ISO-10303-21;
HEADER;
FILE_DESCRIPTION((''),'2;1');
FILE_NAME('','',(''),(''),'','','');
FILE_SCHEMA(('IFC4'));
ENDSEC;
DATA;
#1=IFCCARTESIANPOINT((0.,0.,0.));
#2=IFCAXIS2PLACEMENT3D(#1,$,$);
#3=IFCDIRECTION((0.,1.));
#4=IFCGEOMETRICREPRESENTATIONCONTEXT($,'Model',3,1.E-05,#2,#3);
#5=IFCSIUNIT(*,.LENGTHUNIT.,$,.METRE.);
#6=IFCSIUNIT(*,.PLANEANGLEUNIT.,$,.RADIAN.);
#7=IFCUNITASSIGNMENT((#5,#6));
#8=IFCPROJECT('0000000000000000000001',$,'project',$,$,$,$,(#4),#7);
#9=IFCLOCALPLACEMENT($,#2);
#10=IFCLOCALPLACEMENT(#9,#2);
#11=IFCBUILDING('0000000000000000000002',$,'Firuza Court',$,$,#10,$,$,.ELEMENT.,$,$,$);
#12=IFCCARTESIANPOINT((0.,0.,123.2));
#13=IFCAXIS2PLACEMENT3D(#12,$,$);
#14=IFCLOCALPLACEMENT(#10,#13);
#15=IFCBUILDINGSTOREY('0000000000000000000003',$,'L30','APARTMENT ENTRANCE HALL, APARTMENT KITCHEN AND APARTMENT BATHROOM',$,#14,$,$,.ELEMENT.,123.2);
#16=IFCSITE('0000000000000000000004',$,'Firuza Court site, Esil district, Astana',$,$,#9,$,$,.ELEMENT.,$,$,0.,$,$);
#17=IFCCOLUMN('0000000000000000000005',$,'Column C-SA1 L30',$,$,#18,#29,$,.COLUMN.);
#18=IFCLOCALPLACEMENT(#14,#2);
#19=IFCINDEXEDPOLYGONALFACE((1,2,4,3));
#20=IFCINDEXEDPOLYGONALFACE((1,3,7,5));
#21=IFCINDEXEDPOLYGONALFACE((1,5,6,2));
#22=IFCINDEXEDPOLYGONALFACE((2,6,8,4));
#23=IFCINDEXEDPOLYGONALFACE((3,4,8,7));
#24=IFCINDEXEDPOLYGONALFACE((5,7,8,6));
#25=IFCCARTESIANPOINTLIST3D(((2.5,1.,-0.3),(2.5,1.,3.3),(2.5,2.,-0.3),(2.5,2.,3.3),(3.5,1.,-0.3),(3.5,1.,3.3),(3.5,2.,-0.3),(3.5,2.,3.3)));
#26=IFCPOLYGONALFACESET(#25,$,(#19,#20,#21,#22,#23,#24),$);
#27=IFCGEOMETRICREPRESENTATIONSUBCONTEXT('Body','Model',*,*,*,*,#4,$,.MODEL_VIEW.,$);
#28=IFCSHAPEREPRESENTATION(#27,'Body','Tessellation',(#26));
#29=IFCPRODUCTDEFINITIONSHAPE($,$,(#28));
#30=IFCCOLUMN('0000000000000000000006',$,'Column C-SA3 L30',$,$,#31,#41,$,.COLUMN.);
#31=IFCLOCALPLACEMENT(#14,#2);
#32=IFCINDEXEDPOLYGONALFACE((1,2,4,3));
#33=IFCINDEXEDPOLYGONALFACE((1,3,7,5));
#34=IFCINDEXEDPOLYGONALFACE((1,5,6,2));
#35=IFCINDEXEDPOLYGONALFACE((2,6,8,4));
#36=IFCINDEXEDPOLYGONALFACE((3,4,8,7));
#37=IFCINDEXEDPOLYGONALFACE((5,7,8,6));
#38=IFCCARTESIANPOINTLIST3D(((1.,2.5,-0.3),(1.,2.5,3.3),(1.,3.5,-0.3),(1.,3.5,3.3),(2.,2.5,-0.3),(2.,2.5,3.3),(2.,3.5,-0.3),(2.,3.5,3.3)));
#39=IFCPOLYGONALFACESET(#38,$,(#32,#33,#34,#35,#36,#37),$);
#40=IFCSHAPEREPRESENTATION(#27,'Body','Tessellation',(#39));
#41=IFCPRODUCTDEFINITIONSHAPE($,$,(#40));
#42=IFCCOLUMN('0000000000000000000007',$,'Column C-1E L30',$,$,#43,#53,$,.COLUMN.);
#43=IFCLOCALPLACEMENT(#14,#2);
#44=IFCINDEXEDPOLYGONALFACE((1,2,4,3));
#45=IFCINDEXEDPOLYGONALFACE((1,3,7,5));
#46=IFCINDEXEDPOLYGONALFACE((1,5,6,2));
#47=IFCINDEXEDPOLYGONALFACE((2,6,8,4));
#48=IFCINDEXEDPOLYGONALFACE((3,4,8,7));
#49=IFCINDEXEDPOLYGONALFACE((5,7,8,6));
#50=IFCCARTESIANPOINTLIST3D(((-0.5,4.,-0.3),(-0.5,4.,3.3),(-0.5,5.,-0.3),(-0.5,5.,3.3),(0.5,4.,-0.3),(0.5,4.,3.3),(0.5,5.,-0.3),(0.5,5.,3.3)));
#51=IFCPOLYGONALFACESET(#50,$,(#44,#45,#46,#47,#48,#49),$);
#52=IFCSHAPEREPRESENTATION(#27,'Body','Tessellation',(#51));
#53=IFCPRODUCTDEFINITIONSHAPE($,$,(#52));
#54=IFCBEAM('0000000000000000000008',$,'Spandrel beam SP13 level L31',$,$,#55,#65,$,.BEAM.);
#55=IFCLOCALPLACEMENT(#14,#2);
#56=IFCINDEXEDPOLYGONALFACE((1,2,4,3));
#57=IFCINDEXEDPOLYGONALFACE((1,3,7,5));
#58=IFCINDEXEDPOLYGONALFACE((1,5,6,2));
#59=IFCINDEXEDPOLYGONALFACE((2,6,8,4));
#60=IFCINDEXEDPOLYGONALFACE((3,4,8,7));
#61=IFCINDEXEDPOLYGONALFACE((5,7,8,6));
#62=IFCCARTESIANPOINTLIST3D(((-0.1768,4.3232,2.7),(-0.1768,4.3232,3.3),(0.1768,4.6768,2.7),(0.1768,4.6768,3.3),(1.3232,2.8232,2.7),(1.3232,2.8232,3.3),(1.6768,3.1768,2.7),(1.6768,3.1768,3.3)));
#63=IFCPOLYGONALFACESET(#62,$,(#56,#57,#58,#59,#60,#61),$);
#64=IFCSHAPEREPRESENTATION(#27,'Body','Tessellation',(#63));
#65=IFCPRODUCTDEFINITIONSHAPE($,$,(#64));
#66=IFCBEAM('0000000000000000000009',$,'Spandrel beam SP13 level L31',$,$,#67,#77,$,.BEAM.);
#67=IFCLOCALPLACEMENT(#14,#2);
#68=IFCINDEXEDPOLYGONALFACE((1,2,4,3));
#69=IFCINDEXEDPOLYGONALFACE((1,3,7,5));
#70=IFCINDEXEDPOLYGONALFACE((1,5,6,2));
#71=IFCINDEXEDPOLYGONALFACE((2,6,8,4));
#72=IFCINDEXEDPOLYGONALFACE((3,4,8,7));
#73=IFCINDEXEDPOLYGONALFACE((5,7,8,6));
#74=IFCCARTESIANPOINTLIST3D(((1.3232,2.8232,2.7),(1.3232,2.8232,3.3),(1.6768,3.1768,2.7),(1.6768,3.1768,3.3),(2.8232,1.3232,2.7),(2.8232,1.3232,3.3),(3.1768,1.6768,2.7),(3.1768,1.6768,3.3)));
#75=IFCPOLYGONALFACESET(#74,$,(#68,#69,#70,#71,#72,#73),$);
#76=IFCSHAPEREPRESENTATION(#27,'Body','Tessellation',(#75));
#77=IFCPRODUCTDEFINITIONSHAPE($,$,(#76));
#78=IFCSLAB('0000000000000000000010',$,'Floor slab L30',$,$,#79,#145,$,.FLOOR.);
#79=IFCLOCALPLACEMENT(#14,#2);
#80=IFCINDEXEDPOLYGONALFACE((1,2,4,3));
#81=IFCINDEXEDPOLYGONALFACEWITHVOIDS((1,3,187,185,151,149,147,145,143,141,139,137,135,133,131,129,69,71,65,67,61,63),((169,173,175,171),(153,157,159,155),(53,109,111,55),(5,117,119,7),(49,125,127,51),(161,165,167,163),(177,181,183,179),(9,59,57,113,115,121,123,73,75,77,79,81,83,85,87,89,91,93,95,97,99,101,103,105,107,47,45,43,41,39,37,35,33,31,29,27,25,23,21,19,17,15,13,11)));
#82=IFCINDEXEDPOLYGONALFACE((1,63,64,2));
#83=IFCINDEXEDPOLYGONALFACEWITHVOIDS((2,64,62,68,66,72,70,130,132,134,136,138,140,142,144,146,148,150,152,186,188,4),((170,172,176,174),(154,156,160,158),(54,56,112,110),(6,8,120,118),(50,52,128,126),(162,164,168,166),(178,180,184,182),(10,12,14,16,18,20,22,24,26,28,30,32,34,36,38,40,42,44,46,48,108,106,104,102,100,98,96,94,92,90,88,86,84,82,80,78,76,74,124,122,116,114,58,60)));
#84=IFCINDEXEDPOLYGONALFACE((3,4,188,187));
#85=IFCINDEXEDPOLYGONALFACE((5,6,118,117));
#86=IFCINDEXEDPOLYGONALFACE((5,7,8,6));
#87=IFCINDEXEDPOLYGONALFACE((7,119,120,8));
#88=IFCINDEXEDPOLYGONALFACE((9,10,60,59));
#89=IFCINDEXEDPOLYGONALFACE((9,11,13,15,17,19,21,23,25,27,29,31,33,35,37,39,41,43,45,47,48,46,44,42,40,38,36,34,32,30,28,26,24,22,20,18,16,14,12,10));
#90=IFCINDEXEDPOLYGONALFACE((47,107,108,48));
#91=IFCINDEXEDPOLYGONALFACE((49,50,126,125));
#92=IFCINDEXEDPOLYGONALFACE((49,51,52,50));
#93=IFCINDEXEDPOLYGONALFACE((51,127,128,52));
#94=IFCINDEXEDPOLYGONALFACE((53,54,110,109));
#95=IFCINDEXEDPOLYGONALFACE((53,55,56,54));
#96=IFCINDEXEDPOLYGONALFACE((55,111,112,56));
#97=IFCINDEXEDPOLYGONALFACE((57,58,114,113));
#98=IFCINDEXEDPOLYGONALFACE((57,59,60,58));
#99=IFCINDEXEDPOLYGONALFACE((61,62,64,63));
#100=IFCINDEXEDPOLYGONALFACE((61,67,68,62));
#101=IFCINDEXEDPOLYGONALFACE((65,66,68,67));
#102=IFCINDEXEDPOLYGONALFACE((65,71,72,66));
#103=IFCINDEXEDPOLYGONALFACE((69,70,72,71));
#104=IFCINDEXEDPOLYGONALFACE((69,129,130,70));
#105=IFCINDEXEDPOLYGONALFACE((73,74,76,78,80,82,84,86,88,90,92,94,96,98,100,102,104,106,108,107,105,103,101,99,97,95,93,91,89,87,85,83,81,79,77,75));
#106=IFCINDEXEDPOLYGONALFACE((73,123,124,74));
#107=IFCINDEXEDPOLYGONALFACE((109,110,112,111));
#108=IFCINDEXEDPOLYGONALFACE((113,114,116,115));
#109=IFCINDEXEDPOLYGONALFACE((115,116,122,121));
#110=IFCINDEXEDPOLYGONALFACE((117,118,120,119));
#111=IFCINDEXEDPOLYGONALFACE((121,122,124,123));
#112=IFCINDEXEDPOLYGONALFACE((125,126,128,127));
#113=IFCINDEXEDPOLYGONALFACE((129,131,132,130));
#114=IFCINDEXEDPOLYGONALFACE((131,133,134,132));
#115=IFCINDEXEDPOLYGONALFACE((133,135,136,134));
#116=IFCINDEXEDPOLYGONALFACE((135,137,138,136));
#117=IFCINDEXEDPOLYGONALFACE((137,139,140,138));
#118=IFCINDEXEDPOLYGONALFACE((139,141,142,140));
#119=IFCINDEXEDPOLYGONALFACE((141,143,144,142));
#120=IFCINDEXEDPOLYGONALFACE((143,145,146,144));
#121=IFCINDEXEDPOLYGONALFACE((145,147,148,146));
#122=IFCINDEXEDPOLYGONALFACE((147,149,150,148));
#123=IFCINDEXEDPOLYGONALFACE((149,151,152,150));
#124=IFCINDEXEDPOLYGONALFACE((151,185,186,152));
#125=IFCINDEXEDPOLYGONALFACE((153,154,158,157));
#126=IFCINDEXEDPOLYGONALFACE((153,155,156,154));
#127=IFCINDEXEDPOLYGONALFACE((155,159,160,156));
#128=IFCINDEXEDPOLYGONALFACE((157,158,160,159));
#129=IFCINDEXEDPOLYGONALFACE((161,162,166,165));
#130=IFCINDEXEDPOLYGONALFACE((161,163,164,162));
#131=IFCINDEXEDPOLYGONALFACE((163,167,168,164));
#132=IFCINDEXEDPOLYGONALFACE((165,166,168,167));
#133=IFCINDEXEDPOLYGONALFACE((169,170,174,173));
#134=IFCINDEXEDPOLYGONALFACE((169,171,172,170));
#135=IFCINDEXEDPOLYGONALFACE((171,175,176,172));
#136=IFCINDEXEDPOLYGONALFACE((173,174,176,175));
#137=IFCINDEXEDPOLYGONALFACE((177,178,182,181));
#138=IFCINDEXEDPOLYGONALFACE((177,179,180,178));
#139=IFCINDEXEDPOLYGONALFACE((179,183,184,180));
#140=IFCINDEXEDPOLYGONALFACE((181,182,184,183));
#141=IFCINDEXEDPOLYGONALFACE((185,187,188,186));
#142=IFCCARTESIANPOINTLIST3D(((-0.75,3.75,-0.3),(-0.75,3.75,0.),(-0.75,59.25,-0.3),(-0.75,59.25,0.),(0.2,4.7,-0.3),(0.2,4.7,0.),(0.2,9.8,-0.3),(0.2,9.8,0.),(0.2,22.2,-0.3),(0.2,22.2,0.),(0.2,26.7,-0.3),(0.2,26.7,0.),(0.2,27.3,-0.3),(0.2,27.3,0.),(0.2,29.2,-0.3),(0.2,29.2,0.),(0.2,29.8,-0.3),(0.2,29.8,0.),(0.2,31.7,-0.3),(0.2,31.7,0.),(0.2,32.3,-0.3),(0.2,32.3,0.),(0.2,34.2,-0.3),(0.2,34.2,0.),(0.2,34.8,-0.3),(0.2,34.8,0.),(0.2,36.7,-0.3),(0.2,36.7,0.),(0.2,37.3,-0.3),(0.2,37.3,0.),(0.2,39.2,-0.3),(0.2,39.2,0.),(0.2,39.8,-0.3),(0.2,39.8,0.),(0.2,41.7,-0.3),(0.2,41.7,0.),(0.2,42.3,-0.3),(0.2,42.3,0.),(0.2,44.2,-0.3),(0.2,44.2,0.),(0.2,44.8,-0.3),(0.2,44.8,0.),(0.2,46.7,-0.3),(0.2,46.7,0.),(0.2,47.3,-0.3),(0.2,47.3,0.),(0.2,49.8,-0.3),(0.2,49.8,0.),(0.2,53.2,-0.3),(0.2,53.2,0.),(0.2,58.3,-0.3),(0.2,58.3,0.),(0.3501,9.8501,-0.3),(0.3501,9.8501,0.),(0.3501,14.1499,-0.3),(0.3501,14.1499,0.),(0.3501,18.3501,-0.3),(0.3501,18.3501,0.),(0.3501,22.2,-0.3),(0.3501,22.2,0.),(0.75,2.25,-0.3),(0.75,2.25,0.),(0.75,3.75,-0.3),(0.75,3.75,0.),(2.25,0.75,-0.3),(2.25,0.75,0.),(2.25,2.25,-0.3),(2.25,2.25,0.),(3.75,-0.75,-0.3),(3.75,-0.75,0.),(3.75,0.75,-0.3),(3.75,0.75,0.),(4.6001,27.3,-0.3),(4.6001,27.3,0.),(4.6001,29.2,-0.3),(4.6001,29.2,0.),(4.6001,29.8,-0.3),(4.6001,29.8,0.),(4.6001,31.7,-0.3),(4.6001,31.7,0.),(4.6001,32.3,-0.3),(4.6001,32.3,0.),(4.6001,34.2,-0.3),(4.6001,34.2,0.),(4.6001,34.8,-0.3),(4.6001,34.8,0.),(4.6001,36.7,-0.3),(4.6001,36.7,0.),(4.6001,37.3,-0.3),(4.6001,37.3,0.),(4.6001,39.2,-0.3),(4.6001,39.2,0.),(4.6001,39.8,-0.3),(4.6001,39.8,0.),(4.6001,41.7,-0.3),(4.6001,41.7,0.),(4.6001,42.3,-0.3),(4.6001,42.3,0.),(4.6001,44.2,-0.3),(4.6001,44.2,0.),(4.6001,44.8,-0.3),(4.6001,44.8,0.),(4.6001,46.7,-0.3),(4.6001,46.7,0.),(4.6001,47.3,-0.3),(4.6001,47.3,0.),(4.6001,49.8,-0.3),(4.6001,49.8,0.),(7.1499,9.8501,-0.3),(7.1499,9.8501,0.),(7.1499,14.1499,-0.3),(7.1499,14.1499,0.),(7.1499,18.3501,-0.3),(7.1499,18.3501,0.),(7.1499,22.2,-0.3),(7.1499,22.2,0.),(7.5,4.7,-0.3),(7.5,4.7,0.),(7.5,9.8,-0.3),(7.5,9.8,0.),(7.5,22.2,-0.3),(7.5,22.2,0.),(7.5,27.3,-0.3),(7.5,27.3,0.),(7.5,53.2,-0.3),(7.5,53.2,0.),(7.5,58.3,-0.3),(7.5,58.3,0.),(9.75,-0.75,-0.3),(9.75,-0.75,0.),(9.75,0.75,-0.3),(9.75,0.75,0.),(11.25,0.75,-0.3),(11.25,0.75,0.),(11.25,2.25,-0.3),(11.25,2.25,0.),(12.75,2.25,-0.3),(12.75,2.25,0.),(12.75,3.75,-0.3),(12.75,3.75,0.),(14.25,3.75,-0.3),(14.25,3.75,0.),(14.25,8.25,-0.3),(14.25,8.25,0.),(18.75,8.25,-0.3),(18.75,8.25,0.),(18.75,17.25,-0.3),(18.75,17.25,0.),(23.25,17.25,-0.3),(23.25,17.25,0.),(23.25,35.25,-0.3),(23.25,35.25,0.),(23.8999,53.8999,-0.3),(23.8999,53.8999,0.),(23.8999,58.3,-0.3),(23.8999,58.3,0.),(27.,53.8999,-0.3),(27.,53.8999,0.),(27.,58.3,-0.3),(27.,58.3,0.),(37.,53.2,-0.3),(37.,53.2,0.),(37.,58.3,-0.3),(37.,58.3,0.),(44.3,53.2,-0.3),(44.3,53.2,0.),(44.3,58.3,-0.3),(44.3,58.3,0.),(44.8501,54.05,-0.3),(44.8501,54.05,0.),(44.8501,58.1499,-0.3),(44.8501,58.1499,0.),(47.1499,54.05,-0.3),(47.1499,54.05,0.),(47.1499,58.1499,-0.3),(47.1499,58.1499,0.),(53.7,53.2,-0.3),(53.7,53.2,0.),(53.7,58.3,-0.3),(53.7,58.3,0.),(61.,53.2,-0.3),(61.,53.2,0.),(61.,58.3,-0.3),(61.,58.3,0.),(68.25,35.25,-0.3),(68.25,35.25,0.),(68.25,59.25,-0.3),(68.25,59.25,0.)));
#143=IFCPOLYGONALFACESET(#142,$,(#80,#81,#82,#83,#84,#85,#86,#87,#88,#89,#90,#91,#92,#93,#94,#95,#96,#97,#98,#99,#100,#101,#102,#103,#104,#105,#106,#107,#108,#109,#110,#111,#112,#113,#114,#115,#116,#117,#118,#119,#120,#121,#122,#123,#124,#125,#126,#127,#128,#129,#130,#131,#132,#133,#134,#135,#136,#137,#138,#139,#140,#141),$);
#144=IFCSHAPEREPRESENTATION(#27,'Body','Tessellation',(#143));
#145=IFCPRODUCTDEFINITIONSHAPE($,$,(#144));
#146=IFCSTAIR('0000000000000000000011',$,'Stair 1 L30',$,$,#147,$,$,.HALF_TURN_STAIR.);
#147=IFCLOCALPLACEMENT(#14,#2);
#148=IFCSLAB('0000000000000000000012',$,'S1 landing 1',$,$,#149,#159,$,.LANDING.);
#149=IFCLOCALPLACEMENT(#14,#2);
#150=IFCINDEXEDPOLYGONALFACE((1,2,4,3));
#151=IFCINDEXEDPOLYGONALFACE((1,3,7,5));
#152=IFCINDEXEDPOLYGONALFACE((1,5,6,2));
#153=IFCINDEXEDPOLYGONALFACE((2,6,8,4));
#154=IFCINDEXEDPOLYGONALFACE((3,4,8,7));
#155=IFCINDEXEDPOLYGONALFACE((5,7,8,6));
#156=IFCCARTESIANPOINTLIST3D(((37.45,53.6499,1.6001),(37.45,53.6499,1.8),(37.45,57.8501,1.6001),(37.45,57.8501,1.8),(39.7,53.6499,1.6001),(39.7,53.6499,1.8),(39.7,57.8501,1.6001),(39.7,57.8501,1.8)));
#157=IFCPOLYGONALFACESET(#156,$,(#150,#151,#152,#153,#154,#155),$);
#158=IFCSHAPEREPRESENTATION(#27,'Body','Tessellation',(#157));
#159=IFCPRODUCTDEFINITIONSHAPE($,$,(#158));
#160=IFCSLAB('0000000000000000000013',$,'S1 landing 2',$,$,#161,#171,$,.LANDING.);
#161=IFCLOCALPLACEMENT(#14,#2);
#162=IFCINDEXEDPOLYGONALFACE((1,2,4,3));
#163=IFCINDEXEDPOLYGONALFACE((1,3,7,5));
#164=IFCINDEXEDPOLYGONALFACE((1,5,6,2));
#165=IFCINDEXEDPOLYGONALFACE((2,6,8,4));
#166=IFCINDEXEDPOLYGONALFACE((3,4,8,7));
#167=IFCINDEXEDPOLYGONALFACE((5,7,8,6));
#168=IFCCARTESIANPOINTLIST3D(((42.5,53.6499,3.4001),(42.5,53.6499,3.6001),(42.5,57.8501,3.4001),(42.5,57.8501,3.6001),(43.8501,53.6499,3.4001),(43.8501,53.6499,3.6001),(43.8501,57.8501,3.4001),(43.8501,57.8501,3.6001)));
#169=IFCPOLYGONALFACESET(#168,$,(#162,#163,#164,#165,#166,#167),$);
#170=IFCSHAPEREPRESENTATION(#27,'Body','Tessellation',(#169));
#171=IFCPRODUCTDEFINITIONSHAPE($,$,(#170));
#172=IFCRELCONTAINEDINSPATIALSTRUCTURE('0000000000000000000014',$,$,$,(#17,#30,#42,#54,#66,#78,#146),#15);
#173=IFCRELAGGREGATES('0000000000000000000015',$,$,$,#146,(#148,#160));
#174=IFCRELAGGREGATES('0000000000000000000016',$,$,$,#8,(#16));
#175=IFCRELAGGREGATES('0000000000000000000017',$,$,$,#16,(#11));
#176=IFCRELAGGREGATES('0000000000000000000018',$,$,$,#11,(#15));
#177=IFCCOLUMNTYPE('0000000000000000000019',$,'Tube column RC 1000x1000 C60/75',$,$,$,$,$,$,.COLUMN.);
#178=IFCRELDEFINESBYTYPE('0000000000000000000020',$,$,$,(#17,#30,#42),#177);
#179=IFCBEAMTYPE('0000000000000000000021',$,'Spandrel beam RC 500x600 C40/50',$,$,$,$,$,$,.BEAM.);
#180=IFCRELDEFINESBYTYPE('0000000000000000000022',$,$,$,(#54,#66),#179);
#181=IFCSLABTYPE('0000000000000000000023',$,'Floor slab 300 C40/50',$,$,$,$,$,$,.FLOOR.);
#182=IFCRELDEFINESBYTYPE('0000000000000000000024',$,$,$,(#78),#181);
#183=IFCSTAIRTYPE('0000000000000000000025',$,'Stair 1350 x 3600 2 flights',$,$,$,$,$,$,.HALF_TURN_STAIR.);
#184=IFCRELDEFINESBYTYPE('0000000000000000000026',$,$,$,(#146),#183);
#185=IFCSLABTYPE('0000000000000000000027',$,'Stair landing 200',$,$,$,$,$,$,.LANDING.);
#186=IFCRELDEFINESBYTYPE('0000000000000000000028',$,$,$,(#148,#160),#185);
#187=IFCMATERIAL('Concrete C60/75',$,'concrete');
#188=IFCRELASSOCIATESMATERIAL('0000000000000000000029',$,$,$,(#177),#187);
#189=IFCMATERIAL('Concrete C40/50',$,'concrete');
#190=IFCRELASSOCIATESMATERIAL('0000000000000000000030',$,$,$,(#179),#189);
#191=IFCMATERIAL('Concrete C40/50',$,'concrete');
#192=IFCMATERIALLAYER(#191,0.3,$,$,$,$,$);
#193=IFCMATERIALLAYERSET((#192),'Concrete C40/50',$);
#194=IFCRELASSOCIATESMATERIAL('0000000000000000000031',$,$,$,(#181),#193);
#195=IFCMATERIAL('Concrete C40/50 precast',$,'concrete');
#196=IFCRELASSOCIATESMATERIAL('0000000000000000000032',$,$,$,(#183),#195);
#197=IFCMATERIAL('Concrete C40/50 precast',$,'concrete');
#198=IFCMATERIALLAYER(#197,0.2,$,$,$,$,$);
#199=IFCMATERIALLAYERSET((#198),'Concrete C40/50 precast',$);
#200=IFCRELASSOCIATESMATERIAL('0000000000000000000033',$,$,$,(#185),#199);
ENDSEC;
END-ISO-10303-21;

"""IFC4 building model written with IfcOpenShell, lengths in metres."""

from ifc_helpers import new_model, si_unit, direction, frame, origin, origin_2d, place, context, subcontext, project, spatial, polyline, rectangle, outline, extrude, material, layer, layer_set, material_profile, profile_set, type_object, element, aggregate, save


model = new_model("IFC4")

# Units and contexts
model_context = context("Model", 3, precision=1e-05, world=origin(), true_north=direction((0.0, 1.0)))
body_context = subcontext(model_context, "Body", "Model", "MODEL_VIEW")
ifc_project = project(units=[si_unit("LENGTHUNIT", "METRE"), si_unit("PLANEANGLEUNIT", "RADIAN")], contexts=[model_context])

# Site, building, storey
site_placement = place(None, origin())
site = spatial("IfcSite", under=ifc_project, at=site_placement, Name="Firuza Court site, Esil district, Astana", CompositionType="ELEMENT", RefElevation=0.0)
building_placement = place(site_placement, origin())
building = spatial("IfcBuilding", under=site, at=building_placement, Name="Firuza Court", CompositionType="ELEMENT")
storey_placement = place(building_placement, frame((0.0, 0.0, 123.2)))
storey = spatial("IfcBuildingStorey", under=building, at=storey_placement, Name="L30", Description="APARTMENT ENTRANCE HALL, APARTMENT KITCHEN AND APARTMENT BATHROOM", CompositionType="ELEMENT", Elevation=123.2)

# Columns
ifc_material_1 = material(Name="Concrete C60/75", Category="concrete")
ifc_material_profile_1 = material_profile(ifc_material_1, rectangle(XDim=1.0, YDim=1.0, at=origin_2d()), Name="RC 1000x1000")
ifc_profile_set_1 = profile_set([ifc_material_profile_1], Name="Concrete C60/75")
column_type = type_object("IfcColumnType", Name="Tube column RC 1000x1000 C60/75", PredefinedType="COLUMN", material=ifc_profile_set_1)
for number, where, z_axis, x_axis, name in (
    (1, (3.0, 1.5, -0.3), (0.0, 0.0, 1.0), (1.0, 0.0, 0.0), "Column C-SA1 L30"),
    (2, (1.5, 3.0, -0.3), (0.0, 0.0, 1.0), (1.0, 0.0, 0.0), "Column C-SA3 L30"),
    (3, (0.0, 4.5, -0.3), (0.0, 0.0, 1.0), (1.0, 0.0, 0.0), "Column C-1E L30"),
):
    element("IfcColumn", number, at=place(storey_placement, frame(where, z_axis=z_axis, x_axis=x_axis)), inside=storey, type_object=column_type, Name=name, PredefinedType="COLUMN", context=body_context, shape_type="SweptSolid", body=[
        extrude(rectangle(XDim=1.0, YDim=1.0, at=origin_2d()), origin(), (0.0, 0.0, 1.0), 3.6001),
    ])

# Beams
ifc_material_2 = material(Name="Concrete C40/50", Category="concrete")
ifc_material_profile_2 = material_profile(ifc_material_2, rectangle(XDim=0.5, YDim=0.6001, at=origin_2d()), Name="RC 500x600")
ifc_profile_set_2 = profile_set([ifc_material_profile_2], Name="Concrete C40/50")
beam_type = type_object("IfcBeamType", Name="Spandrel beam RC 500x600 C40/50", PredefinedType="BEAM", material=ifc_profile_set_2)
for number, where, z_axis, x_axis, name in (
    (4, (0.0, 4.5, 3.0), (0.707107, -0.707107, 0.0), (0.707107, 0.707107, 0.0), "Spandrel beam SP13 level L31"),
    (5, (1.5, 3.0, 3.0), (0.707107, -0.707107, 0.0), (0.707107, 0.707107, 0.0), "Spandrel beam SP13 level L31"),
):
    element("IfcBeam", number, at=place(storey_placement, frame(where, z_axis=z_axis, x_axis=x_axis)), inside=storey, type_object=beam_type, Name=name, PredefinedType="BEAM", context=body_context, shape_type="SweptSolid", body=[
        extrude(rectangle(XDim=0.5, YDim=0.6001, at=origin_2d()), origin(), (0.0, 0.0, 1.0), 2.1213),
    ])

# Slab
ifc_material_3 = material(Name="Concrete C40/50", Category="concrete")
ifc_layer_1 = layer(ifc_material_3, 0.3)
ifc_layer_set_1 = layer_set([ifc_layer_1], Name="Concrete C40/50")
slab_type_1 = type_object("IfcSlabType", Name="Floor slab 300 C40/50", PredefinedType="FLOOR", material=ifc_layer_set_1)
slab_1_placement = place(storey_placement, frame((0.0, 0.0, -0.3)))
element("IfcSlab", 6, at=slab_1_placement, inside=storey, type_object=slab_type_1, Name="Floor slab L30", PredefinedType="FLOOR", context=body_context, shape_type="SweptSolid", body=[
    extrude(outline(polyline([(3.75, -0.75), (3.75, 0.75), (2.25, 0.75), (2.25, 2.25), (0.75, 2.25), (0.75, 3.75), (-0.75, 3.75), (-0.75, 59.25), (68.25, 59.25), (68.25, 35.25), (23.25, 35.25), (23.25, 17.25), (18.75, 17.25), (18.75, 8.25), (14.25, 8.25), (14.25, 3.75), (12.75, 3.75), (12.75, 2.25), (11.25, 2.25), (11.25, 0.75), (9.75, 0.75), (9.75, -0.75), (3.75, -0.75)]), holes=[polyline([(0.2, 29.8), (0.2, 29.2), (0.2, 27.3), (0.2, 26.7), (0.2, 22.2), (0.3501, 22.2), (0.3501, 18.3501), (7.1499, 18.3501), (7.1499, 22.2), (7.5, 22.2), (7.5, 27.3), (4.6001, 27.3), (4.6001, 29.2), (4.6001, 29.8), (4.6001, 31.7), (4.6001, 32.3), (4.6001, 34.2), (4.6001, 34.8), (4.6001, 36.7), (4.6001, 37.3), (4.6001, 39.2), (4.6001, 39.8), (4.6001, 41.7), (4.6001, 42.3), (4.6001, 44.2), (4.6001, 44.8), (4.6001, 46.7), (4.6001, 47.3), (4.6001, 49.8), (0.2, 49.8), (0.2, 47.3), (0.2, 46.7), (0.2, 44.8), (0.2, 44.2), (0.2, 42.3), (0.2, 41.7), (0.2, 39.8), (0.2, 39.2), (0.2, 37.3), (0.2, 36.7), (0.2, 34.8), (0.2, 34.2), (0.2, 32.3), (0.2, 31.7), (0.2, 29.8)]), polyline([(7.5, 9.8), (0.2, 9.8), (0.2, 4.7), (7.5, 4.7), (7.5, 9.8)]), polyline([(7.1499, 14.1499), (0.3501, 14.1499), (0.3501, 9.8501), (7.1499, 9.8501), (7.1499, 14.1499)]), polyline([(7.5, 58.3), (0.2, 58.3), (0.2, 53.2), (7.5, 53.2), (7.5, 58.3)]), polyline([(44.3, 58.3), (37.0, 58.3), (37.0, 53.2), (44.3, 53.2), (44.3, 58.3)]), polyline([(61.0, 58.3), (53.7, 58.3), (53.7, 53.2), (61.0, 53.2), (61.0, 58.3)]), polyline([(27.0, 53.8999), (27.0, 58.3), (23.8999, 58.3), (23.8999, 53.8999), (27.0, 53.8999)]), polyline([(47.1499, 54.05), (47.1499, 58.1499), (44.8501, 58.1499), (44.8501, 54.05), (47.1499, 54.05)])]), origin(), (0.0, 0.0, 1.0), 0.3),
])

# Stair, slabs
ifc_material_4 = material(Name="Concrete C40/50 precast", Category="concrete")
stair_type = type_object("IfcStairType", Name="Stair 1350 x 3600 2 flights", PredefinedType="HALF_TURN_STAIR", material=ifc_material_4)
stair_1_placement = place(storey_placement, origin())
stair_1 = element("IfcStair", 7, at=stair_1_placement, inside=storey, type_object=stair_type, Name="Stair 1 L30", PredefinedType="HALF_TURN_STAIR")
ifc_material_5 = material(Name="Concrete C40/50 precast", Category="concrete")
ifc_layer_2 = layer(ifc_material_5, 0.2)
ifc_layer_set_2 = layer_set([ifc_layer_2], Name="Concrete C40/50 precast")
slab_type_2 = type_object("IfcSlabType", Name="Stair landing 200", PredefinedType="LANDING", material=ifc_layer_set_2)
slab_2_placement = place(storey_placement, frame((0.0, 0.0, 1.6001)))
slab_2 = element("IfcSlab", 8, at=slab_2_placement, type_object=slab_type_2, Name="S1 landing 1", PredefinedType="LANDING", context=body_context, shape_type="SweptSolid", body=[
    extrude(outline(polyline([(39.7, 53.6499), (39.7, 57.8501), (37.45, 57.8501), (37.45, 53.6499), (39.7, 53.6499)])), origin(), (0.0, 0.0, 1.0), 0.2),
])
slab_3_placement = place(storey_placement, frame((0.0, 0.0, 3.4001)))
slab_3 = element("IfcSlab", 9, at=slab_3_placement, type_object=slab_type_2, Name="S1 landing 2", PredefinedType="LANDING", context=body_context, shape_type="SweptSolid", body=[
    extrude(outline(polyline([(43.8501, 53.6499), (43.8501, 57.8501), (42.5, 57.8501), (42.5, 53.6499), (43.8501, 53.6499)])), origin(), (0.0, 0.0, 1.0), 0.2),
])
aggregate(stair_1, [slab_2, slab_3])

save(model, "model.ifc")
